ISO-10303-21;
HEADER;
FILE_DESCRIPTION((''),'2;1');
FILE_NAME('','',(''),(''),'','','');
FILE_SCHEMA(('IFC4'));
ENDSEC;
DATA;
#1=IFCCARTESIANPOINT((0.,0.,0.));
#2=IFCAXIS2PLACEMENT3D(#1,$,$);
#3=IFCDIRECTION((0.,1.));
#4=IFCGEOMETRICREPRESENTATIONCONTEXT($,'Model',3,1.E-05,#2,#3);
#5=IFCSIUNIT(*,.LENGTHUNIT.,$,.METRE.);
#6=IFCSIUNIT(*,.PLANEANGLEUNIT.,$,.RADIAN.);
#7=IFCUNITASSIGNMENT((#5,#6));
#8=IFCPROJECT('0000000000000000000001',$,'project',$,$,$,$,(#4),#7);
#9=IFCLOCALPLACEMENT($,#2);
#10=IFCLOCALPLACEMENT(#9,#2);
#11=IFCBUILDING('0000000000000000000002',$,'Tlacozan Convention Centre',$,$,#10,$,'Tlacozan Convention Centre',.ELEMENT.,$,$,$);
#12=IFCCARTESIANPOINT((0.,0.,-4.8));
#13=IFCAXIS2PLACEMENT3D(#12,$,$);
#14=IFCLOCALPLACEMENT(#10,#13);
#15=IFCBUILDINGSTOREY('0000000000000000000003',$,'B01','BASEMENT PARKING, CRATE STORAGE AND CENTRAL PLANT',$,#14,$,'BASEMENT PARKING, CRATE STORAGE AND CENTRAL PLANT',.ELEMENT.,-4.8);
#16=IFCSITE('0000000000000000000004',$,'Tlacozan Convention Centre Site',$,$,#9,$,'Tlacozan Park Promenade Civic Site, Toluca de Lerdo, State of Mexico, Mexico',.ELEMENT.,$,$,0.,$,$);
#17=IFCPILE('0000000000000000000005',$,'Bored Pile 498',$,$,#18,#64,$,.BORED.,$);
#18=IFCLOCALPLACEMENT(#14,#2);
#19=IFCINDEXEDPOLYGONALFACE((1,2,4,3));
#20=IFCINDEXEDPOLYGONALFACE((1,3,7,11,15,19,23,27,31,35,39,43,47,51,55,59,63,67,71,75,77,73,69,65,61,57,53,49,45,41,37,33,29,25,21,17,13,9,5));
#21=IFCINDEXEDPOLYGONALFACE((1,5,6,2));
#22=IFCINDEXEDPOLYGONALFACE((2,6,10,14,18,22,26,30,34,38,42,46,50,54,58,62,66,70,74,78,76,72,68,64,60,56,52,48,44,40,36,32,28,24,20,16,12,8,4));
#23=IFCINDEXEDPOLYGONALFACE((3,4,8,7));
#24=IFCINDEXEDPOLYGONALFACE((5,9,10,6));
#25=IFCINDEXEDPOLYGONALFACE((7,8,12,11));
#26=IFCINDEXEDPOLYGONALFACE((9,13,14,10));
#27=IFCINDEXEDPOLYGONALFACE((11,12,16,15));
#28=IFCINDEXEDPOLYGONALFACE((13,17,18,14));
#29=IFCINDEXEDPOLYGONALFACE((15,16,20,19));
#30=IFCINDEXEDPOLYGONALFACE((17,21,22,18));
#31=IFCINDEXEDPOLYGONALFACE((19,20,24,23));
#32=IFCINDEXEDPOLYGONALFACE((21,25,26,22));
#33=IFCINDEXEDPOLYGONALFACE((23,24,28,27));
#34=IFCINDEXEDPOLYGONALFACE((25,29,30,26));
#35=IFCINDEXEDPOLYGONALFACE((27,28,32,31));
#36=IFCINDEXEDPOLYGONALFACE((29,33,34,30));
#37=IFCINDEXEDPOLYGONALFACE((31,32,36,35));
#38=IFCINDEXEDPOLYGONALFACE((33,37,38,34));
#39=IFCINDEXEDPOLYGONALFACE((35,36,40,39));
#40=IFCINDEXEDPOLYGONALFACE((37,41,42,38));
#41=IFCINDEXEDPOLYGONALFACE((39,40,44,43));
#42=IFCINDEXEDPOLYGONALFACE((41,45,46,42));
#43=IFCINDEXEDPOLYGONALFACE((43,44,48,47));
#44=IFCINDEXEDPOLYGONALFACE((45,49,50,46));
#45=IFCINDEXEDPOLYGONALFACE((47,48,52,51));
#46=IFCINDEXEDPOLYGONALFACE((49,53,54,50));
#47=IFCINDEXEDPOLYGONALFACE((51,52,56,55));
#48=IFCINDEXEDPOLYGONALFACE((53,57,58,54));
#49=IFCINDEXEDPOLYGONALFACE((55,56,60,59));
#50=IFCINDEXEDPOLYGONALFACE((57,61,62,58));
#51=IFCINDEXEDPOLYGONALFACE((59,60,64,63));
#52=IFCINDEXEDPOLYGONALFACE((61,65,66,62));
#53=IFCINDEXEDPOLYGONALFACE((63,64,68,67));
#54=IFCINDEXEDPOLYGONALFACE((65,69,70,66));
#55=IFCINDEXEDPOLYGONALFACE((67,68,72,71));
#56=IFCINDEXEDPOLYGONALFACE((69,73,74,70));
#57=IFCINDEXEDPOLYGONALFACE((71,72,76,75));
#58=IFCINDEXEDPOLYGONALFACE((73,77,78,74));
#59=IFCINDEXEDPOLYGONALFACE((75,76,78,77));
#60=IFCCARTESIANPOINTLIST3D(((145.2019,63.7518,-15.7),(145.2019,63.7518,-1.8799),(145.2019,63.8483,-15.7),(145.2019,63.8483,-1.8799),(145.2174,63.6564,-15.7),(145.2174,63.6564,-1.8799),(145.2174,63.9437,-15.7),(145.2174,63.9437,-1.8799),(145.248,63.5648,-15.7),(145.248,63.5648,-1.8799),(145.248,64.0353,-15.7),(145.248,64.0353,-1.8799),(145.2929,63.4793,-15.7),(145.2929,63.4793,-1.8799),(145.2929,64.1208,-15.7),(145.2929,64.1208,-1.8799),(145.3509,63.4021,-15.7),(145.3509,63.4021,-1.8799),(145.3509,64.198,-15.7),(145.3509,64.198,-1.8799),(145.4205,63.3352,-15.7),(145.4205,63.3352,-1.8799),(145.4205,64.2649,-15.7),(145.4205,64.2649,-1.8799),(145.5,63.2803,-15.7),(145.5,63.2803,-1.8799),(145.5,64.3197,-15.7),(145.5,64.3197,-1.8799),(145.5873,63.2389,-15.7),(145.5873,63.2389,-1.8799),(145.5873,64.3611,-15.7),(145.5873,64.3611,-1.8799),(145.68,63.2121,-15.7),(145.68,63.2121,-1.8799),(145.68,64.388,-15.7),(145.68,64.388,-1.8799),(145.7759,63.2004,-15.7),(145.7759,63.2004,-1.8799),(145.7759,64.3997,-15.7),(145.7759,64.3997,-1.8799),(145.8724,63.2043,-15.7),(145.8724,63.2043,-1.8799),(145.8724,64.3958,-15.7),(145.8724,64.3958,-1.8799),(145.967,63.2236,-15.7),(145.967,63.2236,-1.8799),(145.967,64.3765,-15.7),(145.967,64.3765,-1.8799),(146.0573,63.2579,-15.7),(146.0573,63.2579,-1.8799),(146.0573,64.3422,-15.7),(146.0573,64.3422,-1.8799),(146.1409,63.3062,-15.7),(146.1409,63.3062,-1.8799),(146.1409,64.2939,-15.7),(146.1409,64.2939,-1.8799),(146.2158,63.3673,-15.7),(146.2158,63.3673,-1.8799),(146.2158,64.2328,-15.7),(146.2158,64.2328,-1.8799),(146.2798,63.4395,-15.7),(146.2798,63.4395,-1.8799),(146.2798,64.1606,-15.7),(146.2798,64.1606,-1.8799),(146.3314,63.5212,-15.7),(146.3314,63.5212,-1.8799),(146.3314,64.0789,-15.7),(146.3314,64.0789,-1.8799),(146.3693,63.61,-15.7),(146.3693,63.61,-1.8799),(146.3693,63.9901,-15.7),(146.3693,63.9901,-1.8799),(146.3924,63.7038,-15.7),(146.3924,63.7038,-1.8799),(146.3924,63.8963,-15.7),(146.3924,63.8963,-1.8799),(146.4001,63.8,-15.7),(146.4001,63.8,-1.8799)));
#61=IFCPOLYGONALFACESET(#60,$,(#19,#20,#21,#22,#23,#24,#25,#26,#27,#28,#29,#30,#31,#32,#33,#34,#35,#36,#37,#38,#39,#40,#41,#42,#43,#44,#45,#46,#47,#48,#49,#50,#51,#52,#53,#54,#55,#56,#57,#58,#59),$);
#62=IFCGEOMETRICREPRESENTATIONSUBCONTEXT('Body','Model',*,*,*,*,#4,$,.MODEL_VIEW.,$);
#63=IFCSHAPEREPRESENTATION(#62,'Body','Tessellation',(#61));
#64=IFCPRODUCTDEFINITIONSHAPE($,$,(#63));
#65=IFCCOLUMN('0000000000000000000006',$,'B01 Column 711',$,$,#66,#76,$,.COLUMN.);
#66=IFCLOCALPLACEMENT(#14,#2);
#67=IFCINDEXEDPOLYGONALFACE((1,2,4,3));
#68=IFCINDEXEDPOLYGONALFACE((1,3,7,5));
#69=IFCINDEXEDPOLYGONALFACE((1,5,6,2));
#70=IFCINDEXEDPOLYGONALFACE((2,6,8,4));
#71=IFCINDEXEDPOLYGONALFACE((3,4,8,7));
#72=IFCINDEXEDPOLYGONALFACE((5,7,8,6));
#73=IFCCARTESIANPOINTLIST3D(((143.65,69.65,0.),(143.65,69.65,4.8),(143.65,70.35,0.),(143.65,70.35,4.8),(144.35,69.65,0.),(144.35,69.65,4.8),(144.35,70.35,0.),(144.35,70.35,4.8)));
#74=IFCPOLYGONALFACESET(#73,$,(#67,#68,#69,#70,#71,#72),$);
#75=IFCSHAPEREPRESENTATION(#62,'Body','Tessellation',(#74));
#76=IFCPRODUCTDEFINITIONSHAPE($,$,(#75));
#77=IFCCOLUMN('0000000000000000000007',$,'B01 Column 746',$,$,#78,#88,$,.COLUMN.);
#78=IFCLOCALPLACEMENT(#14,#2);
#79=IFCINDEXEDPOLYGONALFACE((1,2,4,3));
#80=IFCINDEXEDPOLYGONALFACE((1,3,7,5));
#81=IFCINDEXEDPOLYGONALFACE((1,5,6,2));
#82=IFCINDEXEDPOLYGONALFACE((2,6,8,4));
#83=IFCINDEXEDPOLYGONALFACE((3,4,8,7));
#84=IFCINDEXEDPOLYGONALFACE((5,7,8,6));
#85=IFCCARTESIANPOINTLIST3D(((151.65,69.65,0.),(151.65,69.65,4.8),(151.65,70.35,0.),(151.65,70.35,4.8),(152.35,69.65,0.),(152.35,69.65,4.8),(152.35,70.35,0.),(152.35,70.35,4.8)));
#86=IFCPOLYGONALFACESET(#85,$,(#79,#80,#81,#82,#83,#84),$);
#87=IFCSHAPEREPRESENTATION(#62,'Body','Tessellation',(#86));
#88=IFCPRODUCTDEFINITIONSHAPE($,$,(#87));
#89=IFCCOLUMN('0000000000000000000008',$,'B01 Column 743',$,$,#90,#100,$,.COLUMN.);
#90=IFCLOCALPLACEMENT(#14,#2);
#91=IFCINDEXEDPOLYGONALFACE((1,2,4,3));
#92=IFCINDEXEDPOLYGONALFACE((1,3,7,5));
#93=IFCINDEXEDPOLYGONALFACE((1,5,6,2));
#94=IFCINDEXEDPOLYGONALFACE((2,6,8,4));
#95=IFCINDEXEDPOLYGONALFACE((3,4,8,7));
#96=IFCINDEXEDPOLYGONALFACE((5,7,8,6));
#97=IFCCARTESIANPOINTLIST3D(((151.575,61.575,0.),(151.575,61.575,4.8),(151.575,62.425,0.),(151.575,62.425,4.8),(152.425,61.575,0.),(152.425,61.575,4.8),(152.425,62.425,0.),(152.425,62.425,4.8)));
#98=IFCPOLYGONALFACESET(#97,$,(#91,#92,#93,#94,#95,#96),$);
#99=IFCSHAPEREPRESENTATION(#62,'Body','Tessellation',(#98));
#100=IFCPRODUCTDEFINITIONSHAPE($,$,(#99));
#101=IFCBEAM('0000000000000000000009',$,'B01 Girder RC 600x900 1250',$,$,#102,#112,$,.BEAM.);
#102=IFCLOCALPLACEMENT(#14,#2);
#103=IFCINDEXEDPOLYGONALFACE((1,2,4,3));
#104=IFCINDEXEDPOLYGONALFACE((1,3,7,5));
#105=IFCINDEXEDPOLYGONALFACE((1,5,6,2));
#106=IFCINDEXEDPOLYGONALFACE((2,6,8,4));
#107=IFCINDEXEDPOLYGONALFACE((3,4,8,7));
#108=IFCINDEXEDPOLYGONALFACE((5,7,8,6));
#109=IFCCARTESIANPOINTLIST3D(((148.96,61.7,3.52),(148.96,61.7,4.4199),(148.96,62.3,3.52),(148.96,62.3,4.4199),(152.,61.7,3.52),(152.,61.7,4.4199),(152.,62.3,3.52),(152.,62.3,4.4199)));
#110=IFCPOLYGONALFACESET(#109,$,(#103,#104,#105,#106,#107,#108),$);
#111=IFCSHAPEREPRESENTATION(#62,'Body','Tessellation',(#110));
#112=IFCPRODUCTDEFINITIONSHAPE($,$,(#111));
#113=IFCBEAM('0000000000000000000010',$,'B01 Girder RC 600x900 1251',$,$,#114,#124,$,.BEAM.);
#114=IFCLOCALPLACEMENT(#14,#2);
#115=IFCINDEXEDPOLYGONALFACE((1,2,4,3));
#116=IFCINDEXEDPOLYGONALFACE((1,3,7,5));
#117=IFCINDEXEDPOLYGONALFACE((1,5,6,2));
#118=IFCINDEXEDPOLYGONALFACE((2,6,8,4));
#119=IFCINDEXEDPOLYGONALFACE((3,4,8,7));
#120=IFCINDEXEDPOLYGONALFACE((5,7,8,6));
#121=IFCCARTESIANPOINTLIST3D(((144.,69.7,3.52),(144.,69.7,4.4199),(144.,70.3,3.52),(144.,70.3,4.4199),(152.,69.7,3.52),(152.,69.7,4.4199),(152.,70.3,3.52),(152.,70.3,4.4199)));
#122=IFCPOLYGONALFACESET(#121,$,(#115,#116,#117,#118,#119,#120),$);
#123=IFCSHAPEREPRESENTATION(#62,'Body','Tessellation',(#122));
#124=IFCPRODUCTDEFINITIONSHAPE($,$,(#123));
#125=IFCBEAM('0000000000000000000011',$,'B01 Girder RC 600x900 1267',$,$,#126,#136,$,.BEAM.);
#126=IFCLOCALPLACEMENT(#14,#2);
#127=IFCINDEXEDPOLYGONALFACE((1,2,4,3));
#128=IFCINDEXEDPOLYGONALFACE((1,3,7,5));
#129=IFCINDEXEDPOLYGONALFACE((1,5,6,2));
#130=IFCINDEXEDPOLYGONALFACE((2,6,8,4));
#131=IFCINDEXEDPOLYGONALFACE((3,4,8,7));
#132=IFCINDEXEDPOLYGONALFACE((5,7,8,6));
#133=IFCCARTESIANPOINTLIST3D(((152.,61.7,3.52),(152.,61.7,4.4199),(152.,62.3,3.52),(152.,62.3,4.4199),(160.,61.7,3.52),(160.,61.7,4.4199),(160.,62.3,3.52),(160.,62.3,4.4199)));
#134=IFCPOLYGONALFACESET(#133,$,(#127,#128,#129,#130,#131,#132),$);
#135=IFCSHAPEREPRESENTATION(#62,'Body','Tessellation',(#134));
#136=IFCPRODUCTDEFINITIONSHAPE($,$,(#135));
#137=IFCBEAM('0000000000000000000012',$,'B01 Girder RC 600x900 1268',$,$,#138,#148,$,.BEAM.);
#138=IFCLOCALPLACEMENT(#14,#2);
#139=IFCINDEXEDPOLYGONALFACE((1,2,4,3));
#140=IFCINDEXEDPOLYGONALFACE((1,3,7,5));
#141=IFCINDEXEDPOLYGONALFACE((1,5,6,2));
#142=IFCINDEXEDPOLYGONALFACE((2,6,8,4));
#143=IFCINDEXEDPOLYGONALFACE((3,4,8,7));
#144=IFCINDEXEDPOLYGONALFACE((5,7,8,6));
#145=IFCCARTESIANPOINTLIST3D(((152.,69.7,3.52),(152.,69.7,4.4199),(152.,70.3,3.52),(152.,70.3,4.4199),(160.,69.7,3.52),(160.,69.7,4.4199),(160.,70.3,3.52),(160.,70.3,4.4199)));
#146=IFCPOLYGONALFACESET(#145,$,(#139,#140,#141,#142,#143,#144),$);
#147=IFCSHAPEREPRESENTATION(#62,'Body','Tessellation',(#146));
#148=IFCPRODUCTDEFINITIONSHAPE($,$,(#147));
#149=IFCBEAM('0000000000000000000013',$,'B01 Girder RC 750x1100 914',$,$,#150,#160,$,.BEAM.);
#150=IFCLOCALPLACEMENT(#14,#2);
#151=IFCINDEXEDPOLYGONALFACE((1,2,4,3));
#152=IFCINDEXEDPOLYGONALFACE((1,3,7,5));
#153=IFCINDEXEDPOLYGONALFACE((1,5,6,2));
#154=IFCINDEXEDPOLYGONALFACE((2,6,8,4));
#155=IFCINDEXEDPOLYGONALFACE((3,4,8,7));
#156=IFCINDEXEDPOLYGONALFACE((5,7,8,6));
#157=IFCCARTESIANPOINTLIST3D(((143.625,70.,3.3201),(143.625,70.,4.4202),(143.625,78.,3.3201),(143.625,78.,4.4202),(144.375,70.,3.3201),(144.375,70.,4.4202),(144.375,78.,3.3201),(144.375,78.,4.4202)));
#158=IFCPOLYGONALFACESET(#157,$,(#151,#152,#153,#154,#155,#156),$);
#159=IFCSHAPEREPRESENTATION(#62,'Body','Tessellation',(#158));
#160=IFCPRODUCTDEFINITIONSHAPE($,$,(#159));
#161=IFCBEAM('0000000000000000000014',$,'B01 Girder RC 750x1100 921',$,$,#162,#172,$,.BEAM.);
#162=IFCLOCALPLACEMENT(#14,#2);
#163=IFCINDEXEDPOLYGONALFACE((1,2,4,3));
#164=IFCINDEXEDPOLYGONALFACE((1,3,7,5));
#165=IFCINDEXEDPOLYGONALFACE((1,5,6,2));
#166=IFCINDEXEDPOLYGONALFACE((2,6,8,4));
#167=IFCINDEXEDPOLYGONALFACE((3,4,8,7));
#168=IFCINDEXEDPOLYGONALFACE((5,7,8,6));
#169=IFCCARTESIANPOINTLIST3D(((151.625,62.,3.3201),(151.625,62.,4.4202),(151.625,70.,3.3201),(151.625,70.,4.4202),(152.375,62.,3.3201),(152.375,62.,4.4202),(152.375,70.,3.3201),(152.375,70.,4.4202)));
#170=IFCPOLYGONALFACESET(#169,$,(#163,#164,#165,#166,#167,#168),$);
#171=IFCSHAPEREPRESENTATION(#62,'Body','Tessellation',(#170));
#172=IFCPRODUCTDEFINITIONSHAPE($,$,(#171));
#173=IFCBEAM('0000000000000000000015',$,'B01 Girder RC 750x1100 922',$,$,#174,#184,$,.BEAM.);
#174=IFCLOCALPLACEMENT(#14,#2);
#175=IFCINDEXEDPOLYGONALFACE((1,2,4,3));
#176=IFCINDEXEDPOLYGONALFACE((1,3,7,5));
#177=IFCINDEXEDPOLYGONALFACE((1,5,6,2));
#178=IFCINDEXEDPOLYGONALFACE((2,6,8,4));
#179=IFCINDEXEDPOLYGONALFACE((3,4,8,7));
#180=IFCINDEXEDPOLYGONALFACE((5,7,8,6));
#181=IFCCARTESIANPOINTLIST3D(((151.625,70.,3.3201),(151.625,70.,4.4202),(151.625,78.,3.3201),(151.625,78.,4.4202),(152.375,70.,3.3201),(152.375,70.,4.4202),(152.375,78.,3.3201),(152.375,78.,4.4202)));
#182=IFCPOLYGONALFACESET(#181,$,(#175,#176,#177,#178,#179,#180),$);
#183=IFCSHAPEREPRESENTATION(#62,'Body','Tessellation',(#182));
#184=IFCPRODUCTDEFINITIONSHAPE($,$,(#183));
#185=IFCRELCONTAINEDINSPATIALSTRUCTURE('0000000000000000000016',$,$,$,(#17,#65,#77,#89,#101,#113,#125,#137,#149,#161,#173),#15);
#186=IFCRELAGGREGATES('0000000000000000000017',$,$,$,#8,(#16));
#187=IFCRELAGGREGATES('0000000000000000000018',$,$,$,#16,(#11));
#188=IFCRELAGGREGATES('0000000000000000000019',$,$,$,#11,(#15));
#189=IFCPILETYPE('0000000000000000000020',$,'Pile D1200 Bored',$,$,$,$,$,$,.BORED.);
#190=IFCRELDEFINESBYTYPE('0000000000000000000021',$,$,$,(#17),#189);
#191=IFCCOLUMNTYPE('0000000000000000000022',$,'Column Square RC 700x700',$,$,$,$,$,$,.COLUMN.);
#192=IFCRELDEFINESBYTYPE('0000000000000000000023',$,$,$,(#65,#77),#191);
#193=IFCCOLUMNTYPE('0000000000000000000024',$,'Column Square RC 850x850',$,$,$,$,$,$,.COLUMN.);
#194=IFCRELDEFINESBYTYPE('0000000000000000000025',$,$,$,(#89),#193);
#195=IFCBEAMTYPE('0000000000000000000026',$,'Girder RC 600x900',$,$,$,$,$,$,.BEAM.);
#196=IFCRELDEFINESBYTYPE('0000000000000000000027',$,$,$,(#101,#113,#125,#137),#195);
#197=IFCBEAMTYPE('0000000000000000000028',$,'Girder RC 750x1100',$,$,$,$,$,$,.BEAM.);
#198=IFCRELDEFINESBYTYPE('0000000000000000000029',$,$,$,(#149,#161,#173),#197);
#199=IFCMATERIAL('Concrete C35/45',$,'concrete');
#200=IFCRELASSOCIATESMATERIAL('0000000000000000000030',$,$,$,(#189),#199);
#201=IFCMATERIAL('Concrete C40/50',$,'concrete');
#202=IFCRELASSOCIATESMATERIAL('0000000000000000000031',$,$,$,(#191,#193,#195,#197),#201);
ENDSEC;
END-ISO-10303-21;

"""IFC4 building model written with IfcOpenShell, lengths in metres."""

from ifc_helpers import new_model, si_unit, direction, frame, origin, origin_2d, place, context, subcontext, project, spatial, rectangle, circle, extrude, material, material_profile, profile_set, type_object, element, save


model = new_model("IFC4")

# Units and contexts
model_context = context("Model", 3, precision=1e-05, world=origin(), true_north=direction((0.0, 1.0)))
body_context = subcontext(model_context, "Body", "Model", "MODEL_VIEW")
ifc_project = project(units=[si_unit("LENGTHUNIT", "METRE"), si_unit("PLANEANGLEUNIT", "RADIAN")], contexts=[model_context])

# Site, building, storey
site_placement = place(None, origin())
site = spatial("IfcSite", under=ifc_project, at=site_placement, Name="Tlacozan Convention Centre Site", LongName="Tlacozan Park Promenade Civic Site, Toluca de Lerdo, State of Mexico, Mexico", CompositionType="ELEMENT", RefElevation=0.0)
building_placement = place(site_placement, origin())
building = spatial("IfcBuilding", under=site, at=building_placement, Name="Tlacozan Convention Centre", LongName="Tlacozan Convention Centre", CompositionType="ELEMENT")
storey_placement = place(building_placement, frame((0.0, 0.0, -4.8)))
storey = spatial("IfcBuildingStorey", under=building, at=storey_placement, Name="B01", Description="BASEMENT PARKING, CRATE STORAGE AND CENTRAL PLANT", LongName="BASEMENT PARKING, CRATE STORAGE AND CENTRAL PLANT", CompositionType="ELEMENT", Elevation=-4.8)

# Shared definitions
ifc_material_1 = material(Name="Concrete C35/45", Category="concrete")

# Pile
ifc_material_profile_1 = material_profile(ifc_material_1, circle(Radius=0.6001, at=origin_2d()), Name="PILE D1200")
ifc_profile_set_1 = profile_set([ifc_material_profile_1], Name="Concrete C35/45")
pile_type_1 = type_object("IfcPileType", Name="Pile D1200 Bored", PredefinedType="BORED", material=ifc_profile_set_1)
pile_1_placement = place(storey_placement, frame((145.8, 63.8, -1.8799), z_axis=(0.0, 0.0, -1.0), x_axis=(1.0, 0.0, 0.0)))
element("IfcPile", 1, at=pile_1_placement, inside=storey, type_object=pile_type_1, Name="Bored Pile 498", PredefinedType="BORED", context=body_context, shape_type="SweptSolid", body=[
    extrude(circle(Radius=0.6001, at=origin_2d()), origin(), (0.0, 0.0, 1.0), 13.8201),
])

# Columns
ifc_material_2 = material(Name="Concrete C40/50", Category="concrete")
ifc_material_profile_2 = material_profile(ifc_material_2, rectangle(XDim=0.7, YDim=0.7, at=origin_2d()), Name="RC 700x700")
ifc_profile_set_2 = profile_set([ifc_material_profile_2], Name="Concrete C40/50")
column_type_1 = type_object("IfcColumnType", Name="Column Square RC 700x700", PredefinedType="COLUMN", material=ifc_profile_set_2)
for number, where, z_axis, x_axis, name in (
    (2, (144.0, 70.0, 0.0), (0.0, 0.0, 1.0), (1.0, 0.0, 0.0), "B01 Column 711"),
    (3, (152.0, 70.0, 0.0), (0.0, 0.0, 1.0), (1.0, 0.0, 0.0), "B01 Column 746"),
):
    element("IfcColumn", number, at=place(storey_placement, frame(where, z_axis=z_axis, x_axis=x_axis)), inside=storey, type_object=column_type_1, Name=name, PredefinedType="COLUMN", context=body_context, shape_type="SweptSolid", body=[
        extrude(rectangle(XDim=0.7, YDim=0.7, at=origin_2d()), origin(), (0.0, 0.0, 1.0), 4.8),
    ])
ifc_material_profile_3 = material_profile(ifc_material_2, rectangle(XDim=0.8501, YDim=0.8501, at=origin_2d()), Name="RC 850x850")
ifc_profile_set_3 = profile_set([ifc_material_profile_3], Name="Concrete C40/50")
column_type_2 = type_object("IfcColumnType", Name="Column Square RC 850x850", PredefinedType="COLUMN", material=ifc_profile_set_3)
column_placement = place(storey_placement, frame((152.0, 62.0, 0.0), z_axis=(0.0, 0.0, 1.0), x_axis=(1.0, 0.0, 0.0)))
element("IfcColumn", 4, at=column_placement, inside=storey, type_object=column_type_2, Name="B01 Column 743", PredefinedType="COLUMN", context=body_context, shape_type="SweptSolid", body=[
    extrude(rectangle(XDim=0.8501, YDim=0.8501, at=origin_2d()), origin(), (0.0, 0.0, 1.0), 4.8),
])

# Beams
ifc_material_profile_4 = material_profile(ifc_material_2, rectangle(XDim=0.6001, YDim=0.8999, at=origin_2d()), Name="RC 600x900")
ifc_profile_set_4 = profile_set([ifc_material_profile_4], Name="Concrete C40/50")
beam_type_1 = type_object("IfcBeamType", Name="Girder RC 600x900", PredefinedType="BEAM", material=ifc_profile_set_4)
beam_placement = place(storey_placement, frame((148.96, 62.0, 3.97), z_axis=(1.0, 0.0, 0.0), x_axis=(0.0, 1.0, 0.0)))
element("IfcBeam", 5, at=beam_placement, inside=storey, type_object=beam_type_1, Name="B01 Girder RC 600x900 1250", PredefinedType="BEAM", context=body_context, shape_type="SweptSolid", body=[
    extrude(rectangle(XDim=0.6001, YDim=0.8999, at=origin_2d()), origin(), (0.0, 0.0, 1.0), 3.04),
])
for number, where, z_axis, x_axis, name in (
    (6, (144.0, 70.0, 3.97), (1.0, 0.0, 0.0), (0.0, 1.0, 0.0), "B01 Girder RC 600x900 1251"),
    (7, (152.0, 62.0, 3.97), (1.0, 0.0, 0.0), (0.0, 1.0, 0.0), "B01 Girder RC 600x900 1267"),
    (8, (152.0, 70.0, 3.97), (1.0, 0.0, 0.0), (0.0, 1.0, 0.0), "B01 Girder RC 600x900 1268"),
):
    element("IfcBeam", number, at=place(storey_placement, frame(where, z_axis=z_axis, x_axis=x_axis)), inside=storey, type_object=beam_type_1, Name=name, PredefinedType="BEAM", context=body_context, shape_type="SweptSolid", body=[
        extrude(rectangle(XDim=0.6001, YDim=0.8999, at=origin_2d()), origin(), (0.0, 0.0, 1.0), 8.0),
    ])
ifc_material_profile_5 = material_profile(ifc_material_2, rectangle(XDim=0.75, YDim=1.1001, at=origin_2d()), Name="RC 750x1100")
ifc_profile_set_5 = profile_set([ifc_material_profile_5], Name="Concrete C40/50")
beam_type_2 = type_object("IfcBeamType", Name="Girder RC 750x1100", PredefinedType="BEAM", material=ifc_profile_set_5)
for number, where, z_axis, x_axis, name in (
    (9, (144.0, 70.0, 3.8701), (0.0, 1.0, 0.0), (-1.0, 0.0, 0.0), "B01 Girder RC 750x1100 914"),
    (10, (152.0, 62.0, 3.8701), (0.0, 1.0, 0.0), (-1.0, 0.0, 0.0), "B01 Girder RC 750x1100 921"),
    (11, (152.0, 70.0, 3.8701), (0.0, 1.0, 0.0), (-1.0, 0.0, 0.0), "B01 Girder RC 750x1100 922"),
):
    element("IfcBeam", number, at=place(storey_placement, frame(where, z_axis=z_axis, x_axis=x_axis)), inside=storey, type_object=beam_type_2, Name=name, PredefinedType="BEAM", context=body_context, shape_type="SweptSolid", body=[
        extrude(rectangle(XDim=0.75, YDim=1.1001, at=origin_2d()), origin(), (0.0, 0.0, 1.0), 8.0),
    ])

save(model, "model.ifc")
